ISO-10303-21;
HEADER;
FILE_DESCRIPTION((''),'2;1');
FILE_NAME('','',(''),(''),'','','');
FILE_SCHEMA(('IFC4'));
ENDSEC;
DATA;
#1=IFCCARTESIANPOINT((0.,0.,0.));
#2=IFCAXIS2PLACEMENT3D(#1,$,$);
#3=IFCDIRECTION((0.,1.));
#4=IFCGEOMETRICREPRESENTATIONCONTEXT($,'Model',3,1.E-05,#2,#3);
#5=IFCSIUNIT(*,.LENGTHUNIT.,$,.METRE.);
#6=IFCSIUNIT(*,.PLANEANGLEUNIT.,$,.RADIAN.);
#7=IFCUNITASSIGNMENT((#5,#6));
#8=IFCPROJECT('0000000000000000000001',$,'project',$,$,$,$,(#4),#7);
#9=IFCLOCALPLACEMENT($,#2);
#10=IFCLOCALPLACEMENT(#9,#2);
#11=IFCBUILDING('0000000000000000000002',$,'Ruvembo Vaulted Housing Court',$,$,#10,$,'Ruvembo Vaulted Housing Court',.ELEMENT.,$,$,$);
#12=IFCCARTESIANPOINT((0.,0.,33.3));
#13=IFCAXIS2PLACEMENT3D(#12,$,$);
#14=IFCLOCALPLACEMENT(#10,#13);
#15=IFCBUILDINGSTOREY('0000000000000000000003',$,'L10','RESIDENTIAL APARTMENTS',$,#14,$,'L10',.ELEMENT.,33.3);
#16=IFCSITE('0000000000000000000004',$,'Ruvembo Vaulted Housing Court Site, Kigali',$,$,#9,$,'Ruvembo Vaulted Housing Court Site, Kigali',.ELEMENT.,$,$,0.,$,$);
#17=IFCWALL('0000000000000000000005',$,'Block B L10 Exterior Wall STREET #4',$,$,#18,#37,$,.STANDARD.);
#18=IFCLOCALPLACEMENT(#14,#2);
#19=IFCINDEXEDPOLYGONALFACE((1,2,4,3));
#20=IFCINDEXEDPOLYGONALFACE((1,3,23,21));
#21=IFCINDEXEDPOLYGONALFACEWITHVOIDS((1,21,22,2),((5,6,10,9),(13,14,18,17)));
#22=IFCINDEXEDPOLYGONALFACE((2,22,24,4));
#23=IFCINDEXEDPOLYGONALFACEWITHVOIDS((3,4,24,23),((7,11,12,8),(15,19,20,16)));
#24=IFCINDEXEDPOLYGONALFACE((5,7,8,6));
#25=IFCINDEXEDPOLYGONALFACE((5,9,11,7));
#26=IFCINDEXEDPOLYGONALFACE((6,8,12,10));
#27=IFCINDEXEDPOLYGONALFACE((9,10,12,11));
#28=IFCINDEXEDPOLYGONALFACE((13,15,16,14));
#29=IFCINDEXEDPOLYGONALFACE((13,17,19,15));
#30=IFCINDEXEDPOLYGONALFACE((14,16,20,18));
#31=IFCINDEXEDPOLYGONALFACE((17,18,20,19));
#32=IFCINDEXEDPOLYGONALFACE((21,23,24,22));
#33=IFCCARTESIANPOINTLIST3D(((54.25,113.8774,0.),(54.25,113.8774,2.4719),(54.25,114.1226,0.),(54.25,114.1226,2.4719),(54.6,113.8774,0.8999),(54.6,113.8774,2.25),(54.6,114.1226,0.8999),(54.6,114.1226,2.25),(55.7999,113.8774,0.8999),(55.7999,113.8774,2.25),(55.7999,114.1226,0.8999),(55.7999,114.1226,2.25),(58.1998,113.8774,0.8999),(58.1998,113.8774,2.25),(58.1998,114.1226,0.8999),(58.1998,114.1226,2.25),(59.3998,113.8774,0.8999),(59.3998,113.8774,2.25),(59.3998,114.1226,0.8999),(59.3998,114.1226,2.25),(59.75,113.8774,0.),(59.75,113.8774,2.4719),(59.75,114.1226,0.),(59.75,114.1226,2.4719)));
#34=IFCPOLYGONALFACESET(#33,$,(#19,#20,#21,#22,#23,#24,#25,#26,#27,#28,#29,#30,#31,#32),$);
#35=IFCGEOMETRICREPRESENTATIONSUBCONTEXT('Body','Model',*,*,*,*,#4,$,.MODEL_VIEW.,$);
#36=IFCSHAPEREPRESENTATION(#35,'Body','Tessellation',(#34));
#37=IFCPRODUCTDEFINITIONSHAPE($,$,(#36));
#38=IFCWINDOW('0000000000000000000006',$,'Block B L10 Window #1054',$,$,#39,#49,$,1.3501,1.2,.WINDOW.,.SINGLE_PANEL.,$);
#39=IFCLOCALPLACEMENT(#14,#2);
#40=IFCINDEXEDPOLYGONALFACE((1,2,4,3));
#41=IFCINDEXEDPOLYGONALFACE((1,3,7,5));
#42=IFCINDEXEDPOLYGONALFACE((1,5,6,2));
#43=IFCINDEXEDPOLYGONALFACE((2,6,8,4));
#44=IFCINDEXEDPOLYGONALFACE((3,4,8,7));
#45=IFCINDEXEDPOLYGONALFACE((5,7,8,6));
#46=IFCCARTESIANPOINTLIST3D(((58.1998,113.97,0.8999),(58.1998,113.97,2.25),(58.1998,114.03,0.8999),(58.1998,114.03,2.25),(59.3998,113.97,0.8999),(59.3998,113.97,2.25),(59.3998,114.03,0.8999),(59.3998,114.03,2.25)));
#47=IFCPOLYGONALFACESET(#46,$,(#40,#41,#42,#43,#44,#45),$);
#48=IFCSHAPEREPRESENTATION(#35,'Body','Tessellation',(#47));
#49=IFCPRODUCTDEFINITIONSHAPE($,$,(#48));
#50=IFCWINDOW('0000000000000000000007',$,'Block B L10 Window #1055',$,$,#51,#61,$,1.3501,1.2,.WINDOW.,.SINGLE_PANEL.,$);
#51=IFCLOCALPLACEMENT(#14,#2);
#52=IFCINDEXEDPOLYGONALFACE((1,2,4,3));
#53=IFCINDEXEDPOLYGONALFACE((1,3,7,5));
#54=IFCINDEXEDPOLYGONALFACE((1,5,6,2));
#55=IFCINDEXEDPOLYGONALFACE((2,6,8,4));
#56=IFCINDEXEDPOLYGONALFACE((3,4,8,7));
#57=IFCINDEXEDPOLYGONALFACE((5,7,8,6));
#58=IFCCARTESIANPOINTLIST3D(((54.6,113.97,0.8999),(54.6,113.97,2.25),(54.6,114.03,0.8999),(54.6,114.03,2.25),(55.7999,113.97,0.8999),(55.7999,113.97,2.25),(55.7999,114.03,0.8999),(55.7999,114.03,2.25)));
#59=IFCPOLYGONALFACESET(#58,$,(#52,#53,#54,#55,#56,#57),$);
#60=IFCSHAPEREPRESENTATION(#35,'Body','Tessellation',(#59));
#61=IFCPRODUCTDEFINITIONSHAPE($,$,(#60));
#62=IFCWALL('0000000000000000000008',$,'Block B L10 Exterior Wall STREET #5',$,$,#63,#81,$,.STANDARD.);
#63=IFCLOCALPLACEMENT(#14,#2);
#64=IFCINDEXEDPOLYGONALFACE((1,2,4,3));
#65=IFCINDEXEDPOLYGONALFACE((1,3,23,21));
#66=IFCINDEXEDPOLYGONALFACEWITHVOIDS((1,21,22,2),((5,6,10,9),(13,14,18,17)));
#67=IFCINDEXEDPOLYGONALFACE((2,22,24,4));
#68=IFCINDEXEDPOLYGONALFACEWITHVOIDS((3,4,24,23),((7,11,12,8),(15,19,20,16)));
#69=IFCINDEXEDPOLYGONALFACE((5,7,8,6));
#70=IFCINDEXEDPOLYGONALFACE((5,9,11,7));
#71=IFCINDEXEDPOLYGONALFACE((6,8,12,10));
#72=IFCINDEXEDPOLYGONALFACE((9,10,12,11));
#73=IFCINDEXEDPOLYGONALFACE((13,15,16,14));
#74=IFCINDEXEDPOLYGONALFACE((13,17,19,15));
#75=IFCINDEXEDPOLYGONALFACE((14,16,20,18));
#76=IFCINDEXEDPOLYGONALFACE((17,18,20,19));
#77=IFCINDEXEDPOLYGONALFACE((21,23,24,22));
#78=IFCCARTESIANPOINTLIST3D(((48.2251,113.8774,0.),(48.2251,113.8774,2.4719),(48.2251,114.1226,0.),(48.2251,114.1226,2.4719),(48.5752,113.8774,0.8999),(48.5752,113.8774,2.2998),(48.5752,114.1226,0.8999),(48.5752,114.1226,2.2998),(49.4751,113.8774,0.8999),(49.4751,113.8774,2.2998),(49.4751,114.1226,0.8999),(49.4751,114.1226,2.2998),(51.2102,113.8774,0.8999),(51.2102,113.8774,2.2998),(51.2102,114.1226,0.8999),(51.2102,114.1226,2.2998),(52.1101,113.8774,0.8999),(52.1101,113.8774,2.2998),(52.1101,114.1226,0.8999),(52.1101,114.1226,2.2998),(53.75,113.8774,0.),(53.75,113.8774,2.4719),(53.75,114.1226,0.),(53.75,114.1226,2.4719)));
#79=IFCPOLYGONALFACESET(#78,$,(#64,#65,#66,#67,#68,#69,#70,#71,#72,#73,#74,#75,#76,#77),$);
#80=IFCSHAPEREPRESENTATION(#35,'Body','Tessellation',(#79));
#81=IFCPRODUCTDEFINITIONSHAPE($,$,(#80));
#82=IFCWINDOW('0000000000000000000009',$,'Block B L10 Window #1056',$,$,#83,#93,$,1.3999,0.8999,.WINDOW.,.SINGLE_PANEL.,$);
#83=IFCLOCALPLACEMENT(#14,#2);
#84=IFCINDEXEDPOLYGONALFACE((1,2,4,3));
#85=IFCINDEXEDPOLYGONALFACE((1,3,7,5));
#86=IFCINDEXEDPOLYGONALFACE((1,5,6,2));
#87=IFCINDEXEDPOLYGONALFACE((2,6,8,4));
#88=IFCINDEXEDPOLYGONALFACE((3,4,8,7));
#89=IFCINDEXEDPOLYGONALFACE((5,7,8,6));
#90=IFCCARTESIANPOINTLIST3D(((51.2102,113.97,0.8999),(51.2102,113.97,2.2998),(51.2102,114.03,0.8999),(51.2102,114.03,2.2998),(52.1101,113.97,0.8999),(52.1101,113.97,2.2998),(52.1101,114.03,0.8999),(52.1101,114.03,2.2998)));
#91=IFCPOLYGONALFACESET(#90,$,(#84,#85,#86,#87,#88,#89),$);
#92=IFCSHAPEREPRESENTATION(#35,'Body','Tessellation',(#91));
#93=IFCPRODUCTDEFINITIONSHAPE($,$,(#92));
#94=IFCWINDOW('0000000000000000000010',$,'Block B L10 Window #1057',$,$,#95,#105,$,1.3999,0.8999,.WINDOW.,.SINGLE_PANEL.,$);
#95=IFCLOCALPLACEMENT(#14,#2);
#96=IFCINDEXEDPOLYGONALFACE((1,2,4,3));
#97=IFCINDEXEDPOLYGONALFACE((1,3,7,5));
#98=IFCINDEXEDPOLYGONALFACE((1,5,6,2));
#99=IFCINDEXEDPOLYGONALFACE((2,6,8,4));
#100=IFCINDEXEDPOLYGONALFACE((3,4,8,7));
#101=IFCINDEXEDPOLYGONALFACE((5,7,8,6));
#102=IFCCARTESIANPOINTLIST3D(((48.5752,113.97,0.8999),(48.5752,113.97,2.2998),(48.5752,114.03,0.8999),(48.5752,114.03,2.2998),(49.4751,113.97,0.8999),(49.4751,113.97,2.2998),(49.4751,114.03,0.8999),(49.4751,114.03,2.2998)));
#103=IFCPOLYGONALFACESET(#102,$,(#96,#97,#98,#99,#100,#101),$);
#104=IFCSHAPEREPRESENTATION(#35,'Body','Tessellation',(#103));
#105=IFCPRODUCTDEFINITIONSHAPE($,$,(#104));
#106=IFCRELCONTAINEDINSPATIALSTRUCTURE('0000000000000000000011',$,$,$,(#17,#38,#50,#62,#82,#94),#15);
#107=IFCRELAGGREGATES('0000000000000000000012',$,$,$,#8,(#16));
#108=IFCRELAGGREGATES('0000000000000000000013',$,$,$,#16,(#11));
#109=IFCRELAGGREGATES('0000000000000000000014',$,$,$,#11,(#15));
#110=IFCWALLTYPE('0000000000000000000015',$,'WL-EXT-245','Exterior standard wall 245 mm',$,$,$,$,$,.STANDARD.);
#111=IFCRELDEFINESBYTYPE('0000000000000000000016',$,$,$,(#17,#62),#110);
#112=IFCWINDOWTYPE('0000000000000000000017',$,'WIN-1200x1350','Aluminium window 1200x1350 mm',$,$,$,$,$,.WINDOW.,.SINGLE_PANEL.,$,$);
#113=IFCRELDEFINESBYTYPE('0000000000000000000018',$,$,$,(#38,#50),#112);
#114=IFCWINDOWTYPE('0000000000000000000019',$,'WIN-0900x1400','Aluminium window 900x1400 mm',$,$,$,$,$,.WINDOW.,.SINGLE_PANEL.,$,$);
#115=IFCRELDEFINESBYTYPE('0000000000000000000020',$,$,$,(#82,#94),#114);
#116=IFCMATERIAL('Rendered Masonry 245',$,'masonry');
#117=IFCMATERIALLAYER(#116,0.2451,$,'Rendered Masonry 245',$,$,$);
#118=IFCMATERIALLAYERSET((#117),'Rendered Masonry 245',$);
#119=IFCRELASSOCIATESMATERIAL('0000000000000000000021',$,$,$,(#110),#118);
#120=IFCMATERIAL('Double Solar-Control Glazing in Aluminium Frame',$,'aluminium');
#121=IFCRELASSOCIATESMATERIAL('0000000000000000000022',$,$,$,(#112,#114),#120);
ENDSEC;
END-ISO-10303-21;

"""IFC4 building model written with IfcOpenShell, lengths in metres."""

from ifc_helpers import new_model, si_unit, direction, frame, frame_2d, origin, place, context, subcontext, project, spatial, rectangle, extrude, material, layer, layer_set, type_object, element, fill, save


model = new_model("IFC4")

# Units and contexts
model_context = context("Model", 3, precision=1e-05, world=origin(), true_north=direction((0.0, 1.0)))
body_context = subcontext(model_context, "Body", "Model", "MODEL_VIEW")
ifc_project = project(units=[si_unit("LENGTHUNIT", "METRE"), si_unit("PLANEANGLEUNIT", "RADIAN")], contexts=[model_context])

# Site, building, storey
site_placement = place(None, origin())
site = spatial("IfcSite", under=ifc_project, at=site_placement, Name="Ruvembo Vaulted Housing Court Site, Kigali", LongName="Ruvembo Vaulted Housing Court Site, Kigali", CompositionType="ELEMENT", RefElevation=0.0)
building_placement = place(site_placement, origin())
building = spatial("IfcBuilding", under=site, at=building_placement, Name="Ruvembo Vaulted Housing Court", LongName="Ruvembo Vaulted Housing Court", CompositionType="ELEMENT")
storey_placement = place(building_placement, frame((0.0, 0.0, 33.3)))
storey = spatial("IfcBuildingStorey", under=building, at=storey_placement, Name="L10", Description="RESIDENTIAL APARTMENTS", LongName="L10", CompositionType="ELEMENT", Elevation=33.3)

# Walls, openings, windows
ifc_material_1 = material(Name="Rendered Masonry 245", Category="masonry")
ifc_layer = layer(ifc_material_1, 0.2451, Name="Rendered Masonry 245")
ifc_layer_set = layer_set([ifc_layer], Name="Rendered Masonry 245")
wall_type = type_object("IfcWallType", Name="WL-EXT-245", Description="Exterior standard wall 245 mm", PredefinedType="STANDARD", material=ifc_layer_set)
wall_1_placement = place(storey_placement, frame((59.75, 114.0, 0.0), z_axis=(0.0, 0.0, 1.0), x_axis=(-1.0, 0.0, 0.0)))
wall_1 = element("IfcWall", 1, at=wall_1_placement, inside=storey, type_object=wall_type, Name="Block B L10 Exterior Wall STREET #4", PredefinedType="STANDARD", context=body_context, shape_type="SweptSolid", body=[
    extrude(rectangle(XDim=5.5, YDim=0.2451, at=frame_2d((2.75, 0.0))), origin(), (0.0, 0.0, 1.0), 2.4719),
])
opening_1_placement = place(wall_1_placement, frame((0.3501, 0.0, 0.8999)))
opening_1 = element("IfcOpeningElement", 2, at=opening_1_placement, cuts=wall_1, PredefinedType="OPENING", context=body_context, shape_type="SweptSolid", body=[
    extrude(rectangle(XDim=1.2, YDim=1.3501, at=frame_2d((0.6001, 0.675))), frame((0.0, 0.1326, 0.0), z_axis=(0.0, -1.0, 0.0), x_axis=(1.0, 0.0, 0.0)), (0.0, 0.0, 1.0), 0.2651),
])
opening_2_placement = place(wall_1_placement, frame((3.95, 0.0, 0.8999)))
opening_2 = element("IfcOpeningElement", 3, at=opening_2_placement, cuts=wall_1, PredefinedType="OPENING", context=body_context, shape_type="SweptSolid", body=[
    extrude(rectangle(XDim=1.2, YDim=1.3501, at=frame_2d((0.6001, 0.675))), frame((0.0, 0.1326, 0.0), z_axis=(0.0, -1.0, 0.0), x_axis=(1.0, 0.0, 0.0)), (0.0, 0.0, 1.0), 0.2651),
])
ifc_material_2 = material(Name="Double Solar-Control Glazing in Aluminium Frame", Category="aluminium")
window_type_1 = type_object("IfcWindowType", Name="WIN-1200x1350", Description="Aluminium window 1200x1350 mm", PartitioningType="SINGLE_PANEL", PredefinedType="WINDOW", material=ifc_material_2)
window_1_placement = place(opening_1_placement, origin())
window_1 = element("IfcWindow", 4, at=window_1_placement, inside=storey, type_object=window_type_1, Name="Block B L10 Window #1054", OverallHeight=1.3501, OverallWidth=1.2, PartitioningType="SINGLE_PANEL", PredefinedType="WINDOW", context=body_context, shape_type="SweptSolid", body=[
    extrude(rectangle(XDim=1.2, YDim=1.3501, at=frame_2d((0.6001, 0.675))), frame((0.0, 0.03, 0.0), z_axis=(0.0, -1.0, 0.0), x_axis=(1.0, 0.0, 0.0)), (0.0, 0.0, 1.0), 0.0601),
])
fill(opening_1, window_1)
window_2_placement = place(opening_2_placement, origin())
window_2 = element("IfcWindow", 5, at=window_2_placement, inside=storey, type_object=window_type_1, Name="Block B L10 Window #1055", OverallHeight=1.3501, OverallWidth=1.2, PartitioningType="SINGLE_PANEL", PredefinedType="WINDOW", context=body_context, shape_type="SweptSolid", body=[
    extrude(rectangle(XDim=1.2, YDim=1.3501, at=frame_2d((0.6001, 0.675))), frame((0.0, 0.03, 0.0), z_axis=(0.0, -1.0, 0.0), x_axis=(1.0, 0.0, 0.0)), (0.0, 0.0, 1.0), 0.0601),
])
fill(opening_2, window_2)
wall_2_placement = place(storey_placement, frame((53.75, 114.0, 0.0), z_axis=(0.0, 0.0, 1.0), x_axis=(-1.0, 0.0, 0.0)))
wall_2 = element("IfcWall", 6, at=wall_2_placement, inside=storey, type_object=wall_type, Name="Block B L10 Exterior Wall STREET #5", PredefinedType="STANDARD", context=body_context, shape_type="SweptSolid", body=[
    extrude(rectangle(XDim=5.5249, YDim=0.2451, at=frame_2d((2.7625, 0.0))), origin(), (0.0, 0.0, 1.0), 2.4719),
])
opening_3_placement = place(wall_2_placement, frame((1.6399, 0.0, 0.8999)))
opening_3 = element("IfcOpeningElement", 7, at=opening_3_placement, cuts=wall_2, PredefinedType="OPENING", context=body_context, shape_type="SweptSolid", body=[
    extrude(rectangle(XDim=0.8999, YDim=1.3999, at=frame_2d((0.45, 0.7))), frame((0.0, 0.1326, 0.0), z_axis=(0.0, -1.0, 0.0), x_axis=(1.0, 0.0, 0.0)), (0.0, 0.0, 1.0), 0.2651),
])
opening_4_placement = place(wall_2_placement, frame((4.2749, 0.0, 0.8999)))
opening_4 = element("IfcOpeningElement", 8, at=opening_4_placement, cuts=wall_2, PredefinedType="OPENING", context=body_context, shape_type="SweptSolid", body=[
    extrude(rectangle(XDim=0.8999, YDim=1.3999, at=frame_2d((0.45, 0.7))), frame((0.0, 0.1326, 0.0), z_axis=(0.0, -1.0, 0.0), x_axis=(1.0, 0.0, 0.0)), (0.0, 0.0, 1.0), 0.2651),
])
window_type_2 = type_object("IfcWindowType", Name="WIN-0900x1400", Description="Aluminium window 900x1400 mm", PartitioningType="SINGLE_PANEL", PredefinedType="WINDOW", material=ifc_material_2)
window_3_placement = place(opening_3_placement, origin())
window_3 = element("IfcWindow", 9, at=window_3_placement, inside=storey, type_object=window_type_2, Name="Block B L10 Window #1056", OverallHeight=1.3999, OverallWidth=0.8999, PartitioningType="SINGLE_PANEL", PredefinedType="WINDOW", context=body_context, shape_type="SweptSolid", body=[
    extrude(rectangle(XDim=0.8999, YDim=1.3999, at=frame_2d((0.45, 0.7))), frame((0.0, 0.03, 0.0), z_axis=(0.0, -1.0, 0.0), x_axis=(1.0, 0.0, 0.0)), (0.0, 0.0, 1.0), 0.0601),
])
fill(opening_3, window_3)
window_4_placement = place(opening_4_placement, origin())
window_4 = element("IfcWindow", 10, at=window_4_placement, inside=storey, type_object=window_type_2, Name="Block B L10 Window #1057", OverallHeight=1.3999, OverallWidth=0.8999, PartitioningType="SINGLE_PANEL", PredefinedType="WINDOW", context=body_context, shape_type="SweptSolid", body=[
    extrude(rectangle(XDim=0.8999, YDim=1.3999, at=frame_2d((0.45, 0.7))), frame((0.0, 0.03, 0.0), z_axis=(0.0, -1.0, 0.0), x_axis=(1.0, 0.0, 0.0)), (0.0, 0.0, 1.0), 0.0601),
])
fill(opening_4, window_4)

save(model, "model.ifc")
